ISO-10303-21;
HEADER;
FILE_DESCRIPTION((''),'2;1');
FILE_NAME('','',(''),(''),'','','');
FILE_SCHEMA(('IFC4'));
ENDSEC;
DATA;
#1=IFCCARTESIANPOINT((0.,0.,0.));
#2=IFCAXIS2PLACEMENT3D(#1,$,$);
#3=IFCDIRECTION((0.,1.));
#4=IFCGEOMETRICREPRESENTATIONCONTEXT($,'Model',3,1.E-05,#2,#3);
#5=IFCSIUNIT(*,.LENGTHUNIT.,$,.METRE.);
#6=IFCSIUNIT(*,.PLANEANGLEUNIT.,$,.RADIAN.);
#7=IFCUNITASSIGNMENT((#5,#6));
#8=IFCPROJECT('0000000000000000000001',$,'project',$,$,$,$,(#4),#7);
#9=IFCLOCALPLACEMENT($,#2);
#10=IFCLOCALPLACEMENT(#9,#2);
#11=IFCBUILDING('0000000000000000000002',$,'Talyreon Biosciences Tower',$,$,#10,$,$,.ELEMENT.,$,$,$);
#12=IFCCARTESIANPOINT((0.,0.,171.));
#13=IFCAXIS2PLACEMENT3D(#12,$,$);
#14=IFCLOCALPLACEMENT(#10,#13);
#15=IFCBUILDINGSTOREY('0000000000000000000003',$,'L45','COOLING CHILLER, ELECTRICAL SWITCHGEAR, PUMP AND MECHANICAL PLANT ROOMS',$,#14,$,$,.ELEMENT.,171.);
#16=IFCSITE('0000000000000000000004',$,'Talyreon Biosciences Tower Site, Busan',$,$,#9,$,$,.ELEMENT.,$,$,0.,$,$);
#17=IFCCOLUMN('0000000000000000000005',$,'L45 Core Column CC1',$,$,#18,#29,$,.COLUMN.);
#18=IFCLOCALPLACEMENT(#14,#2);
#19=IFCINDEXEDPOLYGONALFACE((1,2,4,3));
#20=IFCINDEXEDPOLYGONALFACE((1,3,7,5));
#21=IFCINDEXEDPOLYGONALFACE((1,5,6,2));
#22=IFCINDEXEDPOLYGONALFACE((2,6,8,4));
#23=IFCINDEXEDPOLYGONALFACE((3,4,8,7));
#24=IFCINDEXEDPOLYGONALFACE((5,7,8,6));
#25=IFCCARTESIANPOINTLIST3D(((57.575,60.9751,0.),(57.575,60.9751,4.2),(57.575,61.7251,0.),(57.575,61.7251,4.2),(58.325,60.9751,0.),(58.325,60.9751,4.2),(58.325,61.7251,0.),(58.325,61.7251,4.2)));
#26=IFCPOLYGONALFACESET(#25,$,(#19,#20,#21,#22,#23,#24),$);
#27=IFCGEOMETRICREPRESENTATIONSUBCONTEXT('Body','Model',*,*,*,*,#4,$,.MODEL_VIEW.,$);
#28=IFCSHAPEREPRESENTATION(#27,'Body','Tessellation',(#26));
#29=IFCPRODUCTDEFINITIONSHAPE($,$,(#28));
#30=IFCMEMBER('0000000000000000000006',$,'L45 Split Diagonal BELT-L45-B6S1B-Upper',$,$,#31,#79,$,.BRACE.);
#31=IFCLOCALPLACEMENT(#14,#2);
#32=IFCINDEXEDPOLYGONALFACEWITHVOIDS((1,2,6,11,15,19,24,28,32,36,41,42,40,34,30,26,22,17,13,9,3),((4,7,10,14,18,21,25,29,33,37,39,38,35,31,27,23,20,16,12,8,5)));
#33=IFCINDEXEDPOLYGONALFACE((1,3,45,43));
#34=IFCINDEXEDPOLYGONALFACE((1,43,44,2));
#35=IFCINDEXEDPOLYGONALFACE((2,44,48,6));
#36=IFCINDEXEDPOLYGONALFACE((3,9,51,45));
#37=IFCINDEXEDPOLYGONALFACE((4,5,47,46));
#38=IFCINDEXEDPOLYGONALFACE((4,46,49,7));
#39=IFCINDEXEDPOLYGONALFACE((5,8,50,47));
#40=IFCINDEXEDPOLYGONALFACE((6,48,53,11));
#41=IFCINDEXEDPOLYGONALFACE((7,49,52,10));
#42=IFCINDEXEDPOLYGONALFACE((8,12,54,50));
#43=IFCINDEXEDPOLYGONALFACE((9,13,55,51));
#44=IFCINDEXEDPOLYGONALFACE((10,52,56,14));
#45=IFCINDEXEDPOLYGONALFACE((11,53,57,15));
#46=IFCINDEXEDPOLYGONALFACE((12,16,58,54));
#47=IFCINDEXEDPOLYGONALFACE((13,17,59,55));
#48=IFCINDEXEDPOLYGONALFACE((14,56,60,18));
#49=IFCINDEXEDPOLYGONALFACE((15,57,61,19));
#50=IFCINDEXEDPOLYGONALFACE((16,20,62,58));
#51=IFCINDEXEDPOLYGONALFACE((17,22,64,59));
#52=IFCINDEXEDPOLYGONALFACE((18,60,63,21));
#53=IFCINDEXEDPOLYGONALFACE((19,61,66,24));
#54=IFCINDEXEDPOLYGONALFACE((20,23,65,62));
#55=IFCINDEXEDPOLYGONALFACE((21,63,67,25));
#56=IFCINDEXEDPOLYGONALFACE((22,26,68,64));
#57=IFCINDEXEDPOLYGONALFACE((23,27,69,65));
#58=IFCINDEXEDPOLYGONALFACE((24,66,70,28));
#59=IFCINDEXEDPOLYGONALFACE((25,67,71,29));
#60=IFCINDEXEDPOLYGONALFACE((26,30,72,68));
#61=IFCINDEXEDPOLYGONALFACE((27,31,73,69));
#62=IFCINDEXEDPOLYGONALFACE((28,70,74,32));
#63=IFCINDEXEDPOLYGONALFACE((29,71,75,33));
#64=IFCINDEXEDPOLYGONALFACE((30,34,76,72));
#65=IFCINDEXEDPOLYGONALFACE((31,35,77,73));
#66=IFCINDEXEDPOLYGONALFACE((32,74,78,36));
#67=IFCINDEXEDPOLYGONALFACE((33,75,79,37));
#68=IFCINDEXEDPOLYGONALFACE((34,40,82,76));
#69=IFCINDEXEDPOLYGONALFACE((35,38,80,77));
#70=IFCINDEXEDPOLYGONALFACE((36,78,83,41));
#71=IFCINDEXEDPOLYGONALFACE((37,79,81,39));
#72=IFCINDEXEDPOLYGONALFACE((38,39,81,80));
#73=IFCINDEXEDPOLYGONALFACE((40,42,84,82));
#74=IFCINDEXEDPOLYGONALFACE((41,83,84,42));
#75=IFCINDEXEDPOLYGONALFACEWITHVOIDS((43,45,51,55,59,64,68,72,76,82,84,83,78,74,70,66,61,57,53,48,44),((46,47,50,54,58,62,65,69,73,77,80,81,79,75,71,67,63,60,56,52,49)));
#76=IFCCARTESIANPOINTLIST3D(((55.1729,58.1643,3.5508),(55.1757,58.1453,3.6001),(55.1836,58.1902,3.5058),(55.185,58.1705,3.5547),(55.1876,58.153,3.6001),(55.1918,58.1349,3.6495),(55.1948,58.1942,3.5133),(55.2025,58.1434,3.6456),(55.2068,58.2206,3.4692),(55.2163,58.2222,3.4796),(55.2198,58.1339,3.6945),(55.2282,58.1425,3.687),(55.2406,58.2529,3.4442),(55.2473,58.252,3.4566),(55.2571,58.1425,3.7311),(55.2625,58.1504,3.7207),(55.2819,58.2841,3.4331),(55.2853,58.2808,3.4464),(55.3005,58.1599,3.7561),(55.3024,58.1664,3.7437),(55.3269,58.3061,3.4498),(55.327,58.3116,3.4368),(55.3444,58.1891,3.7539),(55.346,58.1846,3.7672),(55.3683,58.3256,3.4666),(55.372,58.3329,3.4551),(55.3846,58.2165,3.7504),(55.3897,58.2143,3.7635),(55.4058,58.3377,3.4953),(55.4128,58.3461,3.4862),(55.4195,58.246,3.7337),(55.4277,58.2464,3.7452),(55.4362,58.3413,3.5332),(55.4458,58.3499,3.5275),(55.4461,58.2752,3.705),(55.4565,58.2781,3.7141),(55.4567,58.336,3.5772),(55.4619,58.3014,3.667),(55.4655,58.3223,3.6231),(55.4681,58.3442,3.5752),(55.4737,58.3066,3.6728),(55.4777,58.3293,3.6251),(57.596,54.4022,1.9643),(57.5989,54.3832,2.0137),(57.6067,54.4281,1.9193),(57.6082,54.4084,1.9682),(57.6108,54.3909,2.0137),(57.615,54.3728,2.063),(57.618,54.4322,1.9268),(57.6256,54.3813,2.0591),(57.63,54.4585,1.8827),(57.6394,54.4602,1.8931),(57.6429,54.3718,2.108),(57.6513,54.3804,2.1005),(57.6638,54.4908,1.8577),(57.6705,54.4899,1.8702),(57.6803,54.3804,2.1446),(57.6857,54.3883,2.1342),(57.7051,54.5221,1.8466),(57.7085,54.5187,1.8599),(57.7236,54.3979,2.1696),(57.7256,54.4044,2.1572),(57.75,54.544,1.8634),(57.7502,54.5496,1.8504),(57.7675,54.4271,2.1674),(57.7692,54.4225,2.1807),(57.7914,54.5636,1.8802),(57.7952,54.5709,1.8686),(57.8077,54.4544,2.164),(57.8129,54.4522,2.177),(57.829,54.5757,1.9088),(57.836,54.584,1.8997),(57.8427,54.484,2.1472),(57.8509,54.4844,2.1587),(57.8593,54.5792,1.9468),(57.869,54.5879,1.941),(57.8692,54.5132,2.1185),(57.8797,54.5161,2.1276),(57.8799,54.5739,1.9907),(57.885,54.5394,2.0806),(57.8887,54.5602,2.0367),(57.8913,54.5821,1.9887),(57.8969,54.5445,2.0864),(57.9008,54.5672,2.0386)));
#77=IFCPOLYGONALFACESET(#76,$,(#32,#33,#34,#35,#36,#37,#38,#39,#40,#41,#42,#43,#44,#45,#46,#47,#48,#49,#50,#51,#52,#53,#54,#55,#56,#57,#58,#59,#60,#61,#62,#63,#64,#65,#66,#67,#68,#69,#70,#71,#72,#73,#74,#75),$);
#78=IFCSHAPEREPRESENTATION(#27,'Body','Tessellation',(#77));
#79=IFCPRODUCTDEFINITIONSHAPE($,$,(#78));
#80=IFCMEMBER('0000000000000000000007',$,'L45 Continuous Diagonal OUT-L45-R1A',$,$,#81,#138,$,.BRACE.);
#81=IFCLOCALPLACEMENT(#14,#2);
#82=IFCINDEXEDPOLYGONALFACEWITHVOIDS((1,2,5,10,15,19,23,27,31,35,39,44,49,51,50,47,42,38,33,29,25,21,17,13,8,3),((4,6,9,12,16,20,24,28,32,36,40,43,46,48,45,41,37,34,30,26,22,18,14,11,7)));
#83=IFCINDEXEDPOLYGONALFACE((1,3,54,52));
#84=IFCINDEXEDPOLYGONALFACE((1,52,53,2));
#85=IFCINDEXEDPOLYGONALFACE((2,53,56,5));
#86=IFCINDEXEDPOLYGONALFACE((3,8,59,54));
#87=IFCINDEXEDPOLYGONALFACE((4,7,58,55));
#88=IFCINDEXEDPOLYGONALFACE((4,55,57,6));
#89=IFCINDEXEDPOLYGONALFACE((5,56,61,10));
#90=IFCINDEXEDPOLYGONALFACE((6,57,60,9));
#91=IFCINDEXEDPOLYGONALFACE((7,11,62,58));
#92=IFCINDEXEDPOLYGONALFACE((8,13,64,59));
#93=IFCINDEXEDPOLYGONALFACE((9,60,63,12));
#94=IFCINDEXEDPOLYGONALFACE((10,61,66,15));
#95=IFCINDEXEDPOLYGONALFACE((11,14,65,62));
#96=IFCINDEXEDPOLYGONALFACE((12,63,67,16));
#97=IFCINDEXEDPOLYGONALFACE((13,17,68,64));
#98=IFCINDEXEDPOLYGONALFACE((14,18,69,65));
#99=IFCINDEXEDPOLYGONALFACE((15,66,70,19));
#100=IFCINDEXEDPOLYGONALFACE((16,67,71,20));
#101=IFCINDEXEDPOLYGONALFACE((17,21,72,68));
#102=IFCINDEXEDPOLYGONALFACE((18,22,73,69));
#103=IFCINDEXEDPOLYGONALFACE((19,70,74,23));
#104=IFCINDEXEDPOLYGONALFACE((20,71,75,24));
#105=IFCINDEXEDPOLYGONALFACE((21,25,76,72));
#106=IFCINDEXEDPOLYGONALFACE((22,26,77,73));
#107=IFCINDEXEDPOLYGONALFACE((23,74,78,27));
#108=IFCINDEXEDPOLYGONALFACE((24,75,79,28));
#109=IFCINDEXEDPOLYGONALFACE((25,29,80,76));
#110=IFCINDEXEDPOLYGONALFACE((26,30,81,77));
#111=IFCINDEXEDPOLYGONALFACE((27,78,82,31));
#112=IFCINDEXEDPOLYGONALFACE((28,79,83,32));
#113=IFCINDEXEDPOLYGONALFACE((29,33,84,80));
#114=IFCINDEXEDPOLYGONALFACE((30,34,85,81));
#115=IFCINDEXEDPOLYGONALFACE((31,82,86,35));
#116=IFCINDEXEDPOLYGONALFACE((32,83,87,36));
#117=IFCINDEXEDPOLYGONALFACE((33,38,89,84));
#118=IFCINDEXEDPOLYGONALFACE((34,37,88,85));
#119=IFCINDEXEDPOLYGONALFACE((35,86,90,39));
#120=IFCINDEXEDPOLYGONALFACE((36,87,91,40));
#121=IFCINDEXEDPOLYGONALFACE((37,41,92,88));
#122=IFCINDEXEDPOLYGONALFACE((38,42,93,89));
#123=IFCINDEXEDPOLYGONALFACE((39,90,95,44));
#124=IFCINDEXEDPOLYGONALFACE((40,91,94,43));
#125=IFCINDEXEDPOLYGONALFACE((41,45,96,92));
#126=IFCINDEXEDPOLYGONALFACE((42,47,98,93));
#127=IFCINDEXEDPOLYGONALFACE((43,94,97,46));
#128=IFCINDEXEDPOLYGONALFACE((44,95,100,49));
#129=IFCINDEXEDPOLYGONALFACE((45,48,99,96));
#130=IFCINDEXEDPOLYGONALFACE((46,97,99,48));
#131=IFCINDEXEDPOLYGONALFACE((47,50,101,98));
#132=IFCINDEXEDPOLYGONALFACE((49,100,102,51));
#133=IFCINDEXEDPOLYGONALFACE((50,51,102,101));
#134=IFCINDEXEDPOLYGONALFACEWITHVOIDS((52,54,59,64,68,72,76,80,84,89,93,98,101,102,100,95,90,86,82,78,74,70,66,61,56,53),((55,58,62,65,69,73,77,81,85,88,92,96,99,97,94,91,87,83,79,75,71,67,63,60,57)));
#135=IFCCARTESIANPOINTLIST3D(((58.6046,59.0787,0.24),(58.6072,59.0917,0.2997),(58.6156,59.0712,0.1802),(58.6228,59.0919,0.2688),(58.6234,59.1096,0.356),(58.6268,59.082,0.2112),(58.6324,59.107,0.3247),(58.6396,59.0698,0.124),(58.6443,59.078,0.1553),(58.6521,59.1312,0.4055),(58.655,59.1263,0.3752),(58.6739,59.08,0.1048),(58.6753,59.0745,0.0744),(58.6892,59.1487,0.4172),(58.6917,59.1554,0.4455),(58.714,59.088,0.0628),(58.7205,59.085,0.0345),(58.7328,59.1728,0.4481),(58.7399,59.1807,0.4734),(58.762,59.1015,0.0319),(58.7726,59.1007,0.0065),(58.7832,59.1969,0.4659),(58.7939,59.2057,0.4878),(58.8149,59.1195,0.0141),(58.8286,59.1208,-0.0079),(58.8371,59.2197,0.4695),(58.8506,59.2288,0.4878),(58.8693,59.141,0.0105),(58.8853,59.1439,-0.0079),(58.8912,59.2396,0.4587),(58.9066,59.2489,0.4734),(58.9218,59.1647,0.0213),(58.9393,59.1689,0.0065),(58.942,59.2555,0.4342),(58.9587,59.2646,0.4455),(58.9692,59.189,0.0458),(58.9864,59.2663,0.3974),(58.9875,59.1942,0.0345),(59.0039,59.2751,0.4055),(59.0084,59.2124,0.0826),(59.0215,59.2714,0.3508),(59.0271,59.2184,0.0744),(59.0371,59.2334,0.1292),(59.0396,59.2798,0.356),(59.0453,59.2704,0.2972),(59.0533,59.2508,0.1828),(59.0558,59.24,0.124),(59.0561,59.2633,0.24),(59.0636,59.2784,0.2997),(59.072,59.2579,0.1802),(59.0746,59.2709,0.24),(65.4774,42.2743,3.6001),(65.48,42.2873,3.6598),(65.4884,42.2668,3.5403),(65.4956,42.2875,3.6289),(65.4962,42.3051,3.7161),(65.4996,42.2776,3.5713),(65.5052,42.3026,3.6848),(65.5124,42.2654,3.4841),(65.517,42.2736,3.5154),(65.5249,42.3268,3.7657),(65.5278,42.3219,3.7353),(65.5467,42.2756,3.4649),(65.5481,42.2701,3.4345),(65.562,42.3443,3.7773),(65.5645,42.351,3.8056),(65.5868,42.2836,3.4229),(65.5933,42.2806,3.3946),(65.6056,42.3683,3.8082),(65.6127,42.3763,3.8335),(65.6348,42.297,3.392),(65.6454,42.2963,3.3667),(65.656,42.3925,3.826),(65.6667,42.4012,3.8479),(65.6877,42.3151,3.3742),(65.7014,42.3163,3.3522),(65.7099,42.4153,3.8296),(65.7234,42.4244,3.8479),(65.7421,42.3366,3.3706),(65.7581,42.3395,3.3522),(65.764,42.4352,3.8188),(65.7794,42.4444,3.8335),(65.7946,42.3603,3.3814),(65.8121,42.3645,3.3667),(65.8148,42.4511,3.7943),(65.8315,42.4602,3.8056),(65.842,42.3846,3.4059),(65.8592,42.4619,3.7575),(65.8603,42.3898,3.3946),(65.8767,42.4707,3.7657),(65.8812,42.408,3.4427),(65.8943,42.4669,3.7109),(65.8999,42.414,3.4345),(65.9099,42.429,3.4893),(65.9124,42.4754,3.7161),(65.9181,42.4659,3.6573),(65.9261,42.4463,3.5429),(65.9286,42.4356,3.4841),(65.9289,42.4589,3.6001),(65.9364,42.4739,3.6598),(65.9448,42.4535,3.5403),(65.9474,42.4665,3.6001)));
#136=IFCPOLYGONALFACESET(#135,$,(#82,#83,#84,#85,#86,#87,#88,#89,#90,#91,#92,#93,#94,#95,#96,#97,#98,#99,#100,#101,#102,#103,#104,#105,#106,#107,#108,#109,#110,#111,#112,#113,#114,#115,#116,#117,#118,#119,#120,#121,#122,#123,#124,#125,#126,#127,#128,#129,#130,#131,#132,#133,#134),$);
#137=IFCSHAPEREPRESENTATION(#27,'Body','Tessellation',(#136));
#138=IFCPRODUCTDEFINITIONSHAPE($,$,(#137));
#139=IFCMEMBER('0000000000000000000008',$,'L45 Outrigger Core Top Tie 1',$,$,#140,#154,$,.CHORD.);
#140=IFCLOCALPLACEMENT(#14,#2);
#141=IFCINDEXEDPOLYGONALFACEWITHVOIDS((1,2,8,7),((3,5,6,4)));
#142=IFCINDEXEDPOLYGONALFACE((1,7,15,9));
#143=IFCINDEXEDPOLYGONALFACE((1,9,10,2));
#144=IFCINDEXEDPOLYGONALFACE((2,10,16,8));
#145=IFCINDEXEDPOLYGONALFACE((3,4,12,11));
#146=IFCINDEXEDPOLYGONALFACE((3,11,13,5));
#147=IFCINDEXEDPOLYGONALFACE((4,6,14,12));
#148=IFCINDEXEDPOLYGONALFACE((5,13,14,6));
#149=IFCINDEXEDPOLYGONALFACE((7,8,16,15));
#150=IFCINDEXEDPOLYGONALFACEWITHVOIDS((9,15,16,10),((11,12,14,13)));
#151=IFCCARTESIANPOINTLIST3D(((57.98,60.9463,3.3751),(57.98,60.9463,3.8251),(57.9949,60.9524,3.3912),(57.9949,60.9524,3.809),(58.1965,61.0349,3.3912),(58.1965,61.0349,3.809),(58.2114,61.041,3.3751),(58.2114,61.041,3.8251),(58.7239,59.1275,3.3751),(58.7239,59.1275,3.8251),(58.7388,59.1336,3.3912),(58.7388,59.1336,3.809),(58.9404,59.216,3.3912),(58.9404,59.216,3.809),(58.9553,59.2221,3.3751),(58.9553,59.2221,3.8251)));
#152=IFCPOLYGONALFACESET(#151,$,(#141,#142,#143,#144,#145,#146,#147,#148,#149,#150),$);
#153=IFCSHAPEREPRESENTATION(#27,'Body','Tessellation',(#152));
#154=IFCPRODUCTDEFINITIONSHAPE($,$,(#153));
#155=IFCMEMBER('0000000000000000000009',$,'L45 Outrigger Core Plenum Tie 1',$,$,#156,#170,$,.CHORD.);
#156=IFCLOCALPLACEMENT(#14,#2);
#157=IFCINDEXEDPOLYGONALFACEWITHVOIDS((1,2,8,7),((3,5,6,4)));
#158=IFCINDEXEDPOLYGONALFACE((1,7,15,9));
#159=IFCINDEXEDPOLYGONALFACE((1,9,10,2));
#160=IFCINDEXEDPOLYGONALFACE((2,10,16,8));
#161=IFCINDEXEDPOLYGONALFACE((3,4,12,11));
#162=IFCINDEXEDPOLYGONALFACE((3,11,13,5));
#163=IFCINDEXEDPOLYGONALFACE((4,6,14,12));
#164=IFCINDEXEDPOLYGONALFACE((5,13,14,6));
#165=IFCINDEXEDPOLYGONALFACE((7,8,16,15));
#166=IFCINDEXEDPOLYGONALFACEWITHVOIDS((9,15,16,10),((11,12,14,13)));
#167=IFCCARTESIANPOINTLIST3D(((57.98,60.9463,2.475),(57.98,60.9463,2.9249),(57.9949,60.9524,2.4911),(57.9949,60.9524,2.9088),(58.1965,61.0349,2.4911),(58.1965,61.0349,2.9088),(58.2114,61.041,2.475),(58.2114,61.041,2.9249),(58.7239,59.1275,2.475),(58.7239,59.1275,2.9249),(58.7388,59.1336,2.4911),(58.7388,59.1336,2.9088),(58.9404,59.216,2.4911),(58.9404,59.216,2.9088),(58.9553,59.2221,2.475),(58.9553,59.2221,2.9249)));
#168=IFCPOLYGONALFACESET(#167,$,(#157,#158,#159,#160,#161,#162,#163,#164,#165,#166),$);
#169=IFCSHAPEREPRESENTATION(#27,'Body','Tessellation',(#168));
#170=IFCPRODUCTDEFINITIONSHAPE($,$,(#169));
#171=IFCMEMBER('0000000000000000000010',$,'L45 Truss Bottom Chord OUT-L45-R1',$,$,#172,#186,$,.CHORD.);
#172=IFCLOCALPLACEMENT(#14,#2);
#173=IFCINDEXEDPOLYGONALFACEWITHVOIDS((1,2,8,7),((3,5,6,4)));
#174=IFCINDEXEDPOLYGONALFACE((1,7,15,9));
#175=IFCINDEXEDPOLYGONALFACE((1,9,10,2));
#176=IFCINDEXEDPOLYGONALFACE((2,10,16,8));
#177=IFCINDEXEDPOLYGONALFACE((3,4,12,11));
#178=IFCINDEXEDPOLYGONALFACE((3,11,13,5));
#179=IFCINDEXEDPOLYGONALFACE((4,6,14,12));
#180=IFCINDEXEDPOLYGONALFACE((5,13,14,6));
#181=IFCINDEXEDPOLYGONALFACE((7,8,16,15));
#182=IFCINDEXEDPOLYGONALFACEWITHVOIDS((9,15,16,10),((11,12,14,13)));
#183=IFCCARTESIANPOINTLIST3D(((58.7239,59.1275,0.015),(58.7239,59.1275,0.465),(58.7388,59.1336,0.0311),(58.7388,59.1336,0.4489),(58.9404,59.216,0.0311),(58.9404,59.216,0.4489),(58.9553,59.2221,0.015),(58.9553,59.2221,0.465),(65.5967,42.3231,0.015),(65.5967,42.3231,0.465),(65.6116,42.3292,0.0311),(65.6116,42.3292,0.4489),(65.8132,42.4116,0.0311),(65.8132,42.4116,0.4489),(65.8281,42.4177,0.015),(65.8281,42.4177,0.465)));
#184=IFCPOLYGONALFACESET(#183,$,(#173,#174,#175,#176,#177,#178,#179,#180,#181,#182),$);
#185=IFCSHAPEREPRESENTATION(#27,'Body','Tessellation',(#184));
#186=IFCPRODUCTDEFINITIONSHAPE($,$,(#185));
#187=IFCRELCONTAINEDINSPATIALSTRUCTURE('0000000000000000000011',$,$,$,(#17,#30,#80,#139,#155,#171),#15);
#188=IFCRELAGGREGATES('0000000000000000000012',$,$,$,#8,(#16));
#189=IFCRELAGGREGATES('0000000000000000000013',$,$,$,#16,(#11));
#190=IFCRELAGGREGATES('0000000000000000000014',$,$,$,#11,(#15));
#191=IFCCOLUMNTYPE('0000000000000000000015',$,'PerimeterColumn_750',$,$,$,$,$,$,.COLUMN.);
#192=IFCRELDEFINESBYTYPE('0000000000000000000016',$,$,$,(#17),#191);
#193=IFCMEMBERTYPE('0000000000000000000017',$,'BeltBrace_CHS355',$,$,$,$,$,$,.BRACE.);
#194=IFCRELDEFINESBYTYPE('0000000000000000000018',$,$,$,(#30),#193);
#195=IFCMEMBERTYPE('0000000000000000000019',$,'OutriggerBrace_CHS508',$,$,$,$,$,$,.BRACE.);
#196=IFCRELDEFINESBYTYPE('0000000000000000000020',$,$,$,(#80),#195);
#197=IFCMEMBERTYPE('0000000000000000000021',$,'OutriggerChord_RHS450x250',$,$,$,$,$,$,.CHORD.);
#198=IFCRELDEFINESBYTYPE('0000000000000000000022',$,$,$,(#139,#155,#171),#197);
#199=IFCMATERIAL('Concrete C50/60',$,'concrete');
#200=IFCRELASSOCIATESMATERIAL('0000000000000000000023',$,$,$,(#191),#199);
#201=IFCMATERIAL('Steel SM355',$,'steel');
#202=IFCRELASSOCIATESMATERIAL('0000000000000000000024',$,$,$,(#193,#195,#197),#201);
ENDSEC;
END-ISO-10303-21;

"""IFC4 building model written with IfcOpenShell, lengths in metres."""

from ifc_helpers import new_model, si_unit, direction, frame, origin, origin_2d, place, context, subcontext, project, spatial, rectangle, hollow_rectangle, hollow_circle, extrude, material, material_profile, profile_set, type_object, element, save


model = new_model("IFC4")

# Units and contexts
model_context = context("Model", 3, precision=1e-05, world=origin(), true_north=direction((0.0, 1.0)))
body_context = subcontext(model_context, "Body", "Model", "MODEL_VIEW")
ifc_project = project(units=[si_unit("LENGTHUNIT", "METRE"), si_unit("PLANEANGLEUNIT", "RADIAN")], contexts=[model_context])

# Site, building, storey
site_placement = place(None, origin())
site = spatial("IfcSite", under=ifc_project, at=site_placement, Name="Talyreon Biosciences Tower Site, Busan", CompositionType="ELEMENT", RefElevation=0.0)
building_placement = place(site_placement, origin())
building = spatial("IfcBuilding", under=site, at=building_placement, Name="Talyreon Biosciences Tower", CompositionType="ELEMENT")
storey_placement = place(building_placement, frame((0.0, 0.0, 171.0)))
storey = spatial("IfcBuildingStorey", under=building, at=storey_placement, Name="L45", Description="COOLING CHILLER, ELECTRICAL SWITCHGEAR, PUMP AND MECHANICAL PLANT ROOMS", CompositionType="ELEMENT", Elevation=171.0)

# Column
ifc_material_1 = material(Name="Concrete C50/60", Category="concrete")
ifc_material_profile_1 = material_profile(ifc_material_1, rectangle(XDim=0.75, YDim=0.75, at=origin_2d()), Name="RC 750x750")
ifc_profile_set_1 = profile_set([ifc_material_profile_1], Name="Concrete C50/60")
column_type = type_object("IfcColumnType", Name="PerimeterColumn_750", PredefinedType="COLUMN", material=ifc_profile_set_1)
column_placement = place(storey_placement, frame((57.95, 61.3501, 0.0), z_axis=(0.0, 0.0, 1.0), x_axis=(1.0, 0.0, 0.0)))
element("IfcColumn", 1, at=column_placement, inside=storey, type_object=column_type, Name="L45 Core Column CC1", PredefinedType="COLUMN", context=body_context, shape_type="SweptSolid", body=[
    extrude(rectangle(XDim=0.75, YDim=0.75, at=origin_2d()), origin(), (0.0, 0.0, 1.0), 4.2),
])

# Members
ifc_material_2 = material(Name="Steel SM355", Category="steel")
ifc_material_profile_2 = material_profile(ifc_material_2, hollow_circle(Radius=0.1777, WallThickness=0.0142, at=origin_2d()), Name="CHS 355.6x14.2")
ifc_profile_set_2 = profile_set([ifc_material_profile_2], Name="Steel SM355")
member_type_1 = type_object("IfcMemberType", Name="BeltBrace_CHS355", PredefinedType="BRACE", material=ifc_profile_set_2)
member_1_placement = place(storey_placement, frame((57.7483, 54.4795, 2.0137), z_axis=(-0.510374, 0.792379, 0.334147), x_axis=(-0.840701, -0.541499, 0.0)))
element("IfcMember", 2, at=member_1_placement, inside=storey, type_object=member_type_1, Name="L45 Split Diagonal BELT-L45-B6S1B-Upper", PredefinedType="BRACE", context=body_context, shape_type="SweptSolid", body=[
    extrude(hollow_circle(Radius=0.1777, WallThickness=0.0142, at=origin_2d()), origin(), (0.0, 0.0, 1.0), 4.7478),
])
ifc_material_profile_3 = material_profile(ifc_material_2, hollow_circle(Radius=0.2539, WallThickness=0.02, at=origin_2d()), Name="CHS 508x20")
ifc_profile_set_3 = profile_set([ifc_material_profile_3], Name="Steel SM355")
member_type_2 = type_object("IfcMemberType", Name="OutriggerBrace_CHS508", PredefinedType="BRACE", material=ifc_profile_set_3)
member_2_placement = place(storey_placement, frame((58.8396, 59.1748, 0.24), z_axis=(0.372229, -0.910125, 0.181983), x_axis=(0.925581, 0.378551, 0.0)))
element("IfcMember", 3, at=member_2_placement, inside=storey, type_object=member_type_2, Name="L45 Continuous Diagonal OUT-L45-R1A", PredefinedType="BRACE", context=body_context, shape_type="SweptSolid", body=[
    extrude(hollow_circle(Radius=0.2539, WallThickness=0.02, at=origin_2d()), origin(), (0.0, 0.0, 1.0), 18.4639),
])
ifc_material_profile_4 = material_profile(ifc_material_2, hollow_rectangle(XDim=0.25, YDim=0.45, WallThickness=0.0161, at=origin_2d()), Name="RHS 450x250x16")
ifc_profile_set_4 = profile_set([ifc_material_profile_4], Name="Steel SM355")
member_type_3 = type_object("IfcMemberType", Name="OutriggerChord_RHS450x250", PredefinedType="CHORD", material=ifc_profile_set_4)
for number, where, z_axis, x_axis, name in (
    (4, (58.0957, 60.9937, 3.6001), (0.378555, -0.925579, 0.0), (0.925579, 0.378555, 0.0), "L45 Outrigger Core Top Tie 1"),
    (5, (58.0957, 60.9937, 2.7), (0.378555, -0.925579, 0.0), (0.925579, 0.378555, 0.0), "L45 Outrigger Core Plenum Tie 1"),
):
    element("IfcMember", number, at=place(storey_placement, frame(where, z_axis=z_axis, x_axis=x_axis)), inside=storey, type_object=member_type_3, Name=name, PredefinedType="CHORD", context=body_context, shape_type="SweptSolid", body=[
        extrude(hollow_rectangle(XDim=0.25, YDim=0.45, WallThickness=0.0161, at=origin_2d()), origin(), (0.0, 0.0, 1.0), 1.9651),
    ])
for number, where, z_axis, x_axis, name in (
    (6, (58.8396, 59.1748, 0.24), (0.378551, -0.925581, 0.0), (0.925581, 0.378551, 0.0), "L45 Truss Bottom Chord OUT-L45-R1"),
):
    element("IfcMember", number, at=place(storey_placement, frame(where, z_axis=z_axis, x_axis=x_axis)), inside=storey, type_object=member_type_3, Name=name, PredefinedType="CHORD", context=body_context, shape_type="SweptSolid", body=[
        extrude(hollow_rectangle(XDim=0.25, YDim=0.45, WallThickness=0.0161, at=origin_2d()), origin(), (0.0, 0.0, 1.0), 18.1555),
    ])

save(model, "model.ifc")
